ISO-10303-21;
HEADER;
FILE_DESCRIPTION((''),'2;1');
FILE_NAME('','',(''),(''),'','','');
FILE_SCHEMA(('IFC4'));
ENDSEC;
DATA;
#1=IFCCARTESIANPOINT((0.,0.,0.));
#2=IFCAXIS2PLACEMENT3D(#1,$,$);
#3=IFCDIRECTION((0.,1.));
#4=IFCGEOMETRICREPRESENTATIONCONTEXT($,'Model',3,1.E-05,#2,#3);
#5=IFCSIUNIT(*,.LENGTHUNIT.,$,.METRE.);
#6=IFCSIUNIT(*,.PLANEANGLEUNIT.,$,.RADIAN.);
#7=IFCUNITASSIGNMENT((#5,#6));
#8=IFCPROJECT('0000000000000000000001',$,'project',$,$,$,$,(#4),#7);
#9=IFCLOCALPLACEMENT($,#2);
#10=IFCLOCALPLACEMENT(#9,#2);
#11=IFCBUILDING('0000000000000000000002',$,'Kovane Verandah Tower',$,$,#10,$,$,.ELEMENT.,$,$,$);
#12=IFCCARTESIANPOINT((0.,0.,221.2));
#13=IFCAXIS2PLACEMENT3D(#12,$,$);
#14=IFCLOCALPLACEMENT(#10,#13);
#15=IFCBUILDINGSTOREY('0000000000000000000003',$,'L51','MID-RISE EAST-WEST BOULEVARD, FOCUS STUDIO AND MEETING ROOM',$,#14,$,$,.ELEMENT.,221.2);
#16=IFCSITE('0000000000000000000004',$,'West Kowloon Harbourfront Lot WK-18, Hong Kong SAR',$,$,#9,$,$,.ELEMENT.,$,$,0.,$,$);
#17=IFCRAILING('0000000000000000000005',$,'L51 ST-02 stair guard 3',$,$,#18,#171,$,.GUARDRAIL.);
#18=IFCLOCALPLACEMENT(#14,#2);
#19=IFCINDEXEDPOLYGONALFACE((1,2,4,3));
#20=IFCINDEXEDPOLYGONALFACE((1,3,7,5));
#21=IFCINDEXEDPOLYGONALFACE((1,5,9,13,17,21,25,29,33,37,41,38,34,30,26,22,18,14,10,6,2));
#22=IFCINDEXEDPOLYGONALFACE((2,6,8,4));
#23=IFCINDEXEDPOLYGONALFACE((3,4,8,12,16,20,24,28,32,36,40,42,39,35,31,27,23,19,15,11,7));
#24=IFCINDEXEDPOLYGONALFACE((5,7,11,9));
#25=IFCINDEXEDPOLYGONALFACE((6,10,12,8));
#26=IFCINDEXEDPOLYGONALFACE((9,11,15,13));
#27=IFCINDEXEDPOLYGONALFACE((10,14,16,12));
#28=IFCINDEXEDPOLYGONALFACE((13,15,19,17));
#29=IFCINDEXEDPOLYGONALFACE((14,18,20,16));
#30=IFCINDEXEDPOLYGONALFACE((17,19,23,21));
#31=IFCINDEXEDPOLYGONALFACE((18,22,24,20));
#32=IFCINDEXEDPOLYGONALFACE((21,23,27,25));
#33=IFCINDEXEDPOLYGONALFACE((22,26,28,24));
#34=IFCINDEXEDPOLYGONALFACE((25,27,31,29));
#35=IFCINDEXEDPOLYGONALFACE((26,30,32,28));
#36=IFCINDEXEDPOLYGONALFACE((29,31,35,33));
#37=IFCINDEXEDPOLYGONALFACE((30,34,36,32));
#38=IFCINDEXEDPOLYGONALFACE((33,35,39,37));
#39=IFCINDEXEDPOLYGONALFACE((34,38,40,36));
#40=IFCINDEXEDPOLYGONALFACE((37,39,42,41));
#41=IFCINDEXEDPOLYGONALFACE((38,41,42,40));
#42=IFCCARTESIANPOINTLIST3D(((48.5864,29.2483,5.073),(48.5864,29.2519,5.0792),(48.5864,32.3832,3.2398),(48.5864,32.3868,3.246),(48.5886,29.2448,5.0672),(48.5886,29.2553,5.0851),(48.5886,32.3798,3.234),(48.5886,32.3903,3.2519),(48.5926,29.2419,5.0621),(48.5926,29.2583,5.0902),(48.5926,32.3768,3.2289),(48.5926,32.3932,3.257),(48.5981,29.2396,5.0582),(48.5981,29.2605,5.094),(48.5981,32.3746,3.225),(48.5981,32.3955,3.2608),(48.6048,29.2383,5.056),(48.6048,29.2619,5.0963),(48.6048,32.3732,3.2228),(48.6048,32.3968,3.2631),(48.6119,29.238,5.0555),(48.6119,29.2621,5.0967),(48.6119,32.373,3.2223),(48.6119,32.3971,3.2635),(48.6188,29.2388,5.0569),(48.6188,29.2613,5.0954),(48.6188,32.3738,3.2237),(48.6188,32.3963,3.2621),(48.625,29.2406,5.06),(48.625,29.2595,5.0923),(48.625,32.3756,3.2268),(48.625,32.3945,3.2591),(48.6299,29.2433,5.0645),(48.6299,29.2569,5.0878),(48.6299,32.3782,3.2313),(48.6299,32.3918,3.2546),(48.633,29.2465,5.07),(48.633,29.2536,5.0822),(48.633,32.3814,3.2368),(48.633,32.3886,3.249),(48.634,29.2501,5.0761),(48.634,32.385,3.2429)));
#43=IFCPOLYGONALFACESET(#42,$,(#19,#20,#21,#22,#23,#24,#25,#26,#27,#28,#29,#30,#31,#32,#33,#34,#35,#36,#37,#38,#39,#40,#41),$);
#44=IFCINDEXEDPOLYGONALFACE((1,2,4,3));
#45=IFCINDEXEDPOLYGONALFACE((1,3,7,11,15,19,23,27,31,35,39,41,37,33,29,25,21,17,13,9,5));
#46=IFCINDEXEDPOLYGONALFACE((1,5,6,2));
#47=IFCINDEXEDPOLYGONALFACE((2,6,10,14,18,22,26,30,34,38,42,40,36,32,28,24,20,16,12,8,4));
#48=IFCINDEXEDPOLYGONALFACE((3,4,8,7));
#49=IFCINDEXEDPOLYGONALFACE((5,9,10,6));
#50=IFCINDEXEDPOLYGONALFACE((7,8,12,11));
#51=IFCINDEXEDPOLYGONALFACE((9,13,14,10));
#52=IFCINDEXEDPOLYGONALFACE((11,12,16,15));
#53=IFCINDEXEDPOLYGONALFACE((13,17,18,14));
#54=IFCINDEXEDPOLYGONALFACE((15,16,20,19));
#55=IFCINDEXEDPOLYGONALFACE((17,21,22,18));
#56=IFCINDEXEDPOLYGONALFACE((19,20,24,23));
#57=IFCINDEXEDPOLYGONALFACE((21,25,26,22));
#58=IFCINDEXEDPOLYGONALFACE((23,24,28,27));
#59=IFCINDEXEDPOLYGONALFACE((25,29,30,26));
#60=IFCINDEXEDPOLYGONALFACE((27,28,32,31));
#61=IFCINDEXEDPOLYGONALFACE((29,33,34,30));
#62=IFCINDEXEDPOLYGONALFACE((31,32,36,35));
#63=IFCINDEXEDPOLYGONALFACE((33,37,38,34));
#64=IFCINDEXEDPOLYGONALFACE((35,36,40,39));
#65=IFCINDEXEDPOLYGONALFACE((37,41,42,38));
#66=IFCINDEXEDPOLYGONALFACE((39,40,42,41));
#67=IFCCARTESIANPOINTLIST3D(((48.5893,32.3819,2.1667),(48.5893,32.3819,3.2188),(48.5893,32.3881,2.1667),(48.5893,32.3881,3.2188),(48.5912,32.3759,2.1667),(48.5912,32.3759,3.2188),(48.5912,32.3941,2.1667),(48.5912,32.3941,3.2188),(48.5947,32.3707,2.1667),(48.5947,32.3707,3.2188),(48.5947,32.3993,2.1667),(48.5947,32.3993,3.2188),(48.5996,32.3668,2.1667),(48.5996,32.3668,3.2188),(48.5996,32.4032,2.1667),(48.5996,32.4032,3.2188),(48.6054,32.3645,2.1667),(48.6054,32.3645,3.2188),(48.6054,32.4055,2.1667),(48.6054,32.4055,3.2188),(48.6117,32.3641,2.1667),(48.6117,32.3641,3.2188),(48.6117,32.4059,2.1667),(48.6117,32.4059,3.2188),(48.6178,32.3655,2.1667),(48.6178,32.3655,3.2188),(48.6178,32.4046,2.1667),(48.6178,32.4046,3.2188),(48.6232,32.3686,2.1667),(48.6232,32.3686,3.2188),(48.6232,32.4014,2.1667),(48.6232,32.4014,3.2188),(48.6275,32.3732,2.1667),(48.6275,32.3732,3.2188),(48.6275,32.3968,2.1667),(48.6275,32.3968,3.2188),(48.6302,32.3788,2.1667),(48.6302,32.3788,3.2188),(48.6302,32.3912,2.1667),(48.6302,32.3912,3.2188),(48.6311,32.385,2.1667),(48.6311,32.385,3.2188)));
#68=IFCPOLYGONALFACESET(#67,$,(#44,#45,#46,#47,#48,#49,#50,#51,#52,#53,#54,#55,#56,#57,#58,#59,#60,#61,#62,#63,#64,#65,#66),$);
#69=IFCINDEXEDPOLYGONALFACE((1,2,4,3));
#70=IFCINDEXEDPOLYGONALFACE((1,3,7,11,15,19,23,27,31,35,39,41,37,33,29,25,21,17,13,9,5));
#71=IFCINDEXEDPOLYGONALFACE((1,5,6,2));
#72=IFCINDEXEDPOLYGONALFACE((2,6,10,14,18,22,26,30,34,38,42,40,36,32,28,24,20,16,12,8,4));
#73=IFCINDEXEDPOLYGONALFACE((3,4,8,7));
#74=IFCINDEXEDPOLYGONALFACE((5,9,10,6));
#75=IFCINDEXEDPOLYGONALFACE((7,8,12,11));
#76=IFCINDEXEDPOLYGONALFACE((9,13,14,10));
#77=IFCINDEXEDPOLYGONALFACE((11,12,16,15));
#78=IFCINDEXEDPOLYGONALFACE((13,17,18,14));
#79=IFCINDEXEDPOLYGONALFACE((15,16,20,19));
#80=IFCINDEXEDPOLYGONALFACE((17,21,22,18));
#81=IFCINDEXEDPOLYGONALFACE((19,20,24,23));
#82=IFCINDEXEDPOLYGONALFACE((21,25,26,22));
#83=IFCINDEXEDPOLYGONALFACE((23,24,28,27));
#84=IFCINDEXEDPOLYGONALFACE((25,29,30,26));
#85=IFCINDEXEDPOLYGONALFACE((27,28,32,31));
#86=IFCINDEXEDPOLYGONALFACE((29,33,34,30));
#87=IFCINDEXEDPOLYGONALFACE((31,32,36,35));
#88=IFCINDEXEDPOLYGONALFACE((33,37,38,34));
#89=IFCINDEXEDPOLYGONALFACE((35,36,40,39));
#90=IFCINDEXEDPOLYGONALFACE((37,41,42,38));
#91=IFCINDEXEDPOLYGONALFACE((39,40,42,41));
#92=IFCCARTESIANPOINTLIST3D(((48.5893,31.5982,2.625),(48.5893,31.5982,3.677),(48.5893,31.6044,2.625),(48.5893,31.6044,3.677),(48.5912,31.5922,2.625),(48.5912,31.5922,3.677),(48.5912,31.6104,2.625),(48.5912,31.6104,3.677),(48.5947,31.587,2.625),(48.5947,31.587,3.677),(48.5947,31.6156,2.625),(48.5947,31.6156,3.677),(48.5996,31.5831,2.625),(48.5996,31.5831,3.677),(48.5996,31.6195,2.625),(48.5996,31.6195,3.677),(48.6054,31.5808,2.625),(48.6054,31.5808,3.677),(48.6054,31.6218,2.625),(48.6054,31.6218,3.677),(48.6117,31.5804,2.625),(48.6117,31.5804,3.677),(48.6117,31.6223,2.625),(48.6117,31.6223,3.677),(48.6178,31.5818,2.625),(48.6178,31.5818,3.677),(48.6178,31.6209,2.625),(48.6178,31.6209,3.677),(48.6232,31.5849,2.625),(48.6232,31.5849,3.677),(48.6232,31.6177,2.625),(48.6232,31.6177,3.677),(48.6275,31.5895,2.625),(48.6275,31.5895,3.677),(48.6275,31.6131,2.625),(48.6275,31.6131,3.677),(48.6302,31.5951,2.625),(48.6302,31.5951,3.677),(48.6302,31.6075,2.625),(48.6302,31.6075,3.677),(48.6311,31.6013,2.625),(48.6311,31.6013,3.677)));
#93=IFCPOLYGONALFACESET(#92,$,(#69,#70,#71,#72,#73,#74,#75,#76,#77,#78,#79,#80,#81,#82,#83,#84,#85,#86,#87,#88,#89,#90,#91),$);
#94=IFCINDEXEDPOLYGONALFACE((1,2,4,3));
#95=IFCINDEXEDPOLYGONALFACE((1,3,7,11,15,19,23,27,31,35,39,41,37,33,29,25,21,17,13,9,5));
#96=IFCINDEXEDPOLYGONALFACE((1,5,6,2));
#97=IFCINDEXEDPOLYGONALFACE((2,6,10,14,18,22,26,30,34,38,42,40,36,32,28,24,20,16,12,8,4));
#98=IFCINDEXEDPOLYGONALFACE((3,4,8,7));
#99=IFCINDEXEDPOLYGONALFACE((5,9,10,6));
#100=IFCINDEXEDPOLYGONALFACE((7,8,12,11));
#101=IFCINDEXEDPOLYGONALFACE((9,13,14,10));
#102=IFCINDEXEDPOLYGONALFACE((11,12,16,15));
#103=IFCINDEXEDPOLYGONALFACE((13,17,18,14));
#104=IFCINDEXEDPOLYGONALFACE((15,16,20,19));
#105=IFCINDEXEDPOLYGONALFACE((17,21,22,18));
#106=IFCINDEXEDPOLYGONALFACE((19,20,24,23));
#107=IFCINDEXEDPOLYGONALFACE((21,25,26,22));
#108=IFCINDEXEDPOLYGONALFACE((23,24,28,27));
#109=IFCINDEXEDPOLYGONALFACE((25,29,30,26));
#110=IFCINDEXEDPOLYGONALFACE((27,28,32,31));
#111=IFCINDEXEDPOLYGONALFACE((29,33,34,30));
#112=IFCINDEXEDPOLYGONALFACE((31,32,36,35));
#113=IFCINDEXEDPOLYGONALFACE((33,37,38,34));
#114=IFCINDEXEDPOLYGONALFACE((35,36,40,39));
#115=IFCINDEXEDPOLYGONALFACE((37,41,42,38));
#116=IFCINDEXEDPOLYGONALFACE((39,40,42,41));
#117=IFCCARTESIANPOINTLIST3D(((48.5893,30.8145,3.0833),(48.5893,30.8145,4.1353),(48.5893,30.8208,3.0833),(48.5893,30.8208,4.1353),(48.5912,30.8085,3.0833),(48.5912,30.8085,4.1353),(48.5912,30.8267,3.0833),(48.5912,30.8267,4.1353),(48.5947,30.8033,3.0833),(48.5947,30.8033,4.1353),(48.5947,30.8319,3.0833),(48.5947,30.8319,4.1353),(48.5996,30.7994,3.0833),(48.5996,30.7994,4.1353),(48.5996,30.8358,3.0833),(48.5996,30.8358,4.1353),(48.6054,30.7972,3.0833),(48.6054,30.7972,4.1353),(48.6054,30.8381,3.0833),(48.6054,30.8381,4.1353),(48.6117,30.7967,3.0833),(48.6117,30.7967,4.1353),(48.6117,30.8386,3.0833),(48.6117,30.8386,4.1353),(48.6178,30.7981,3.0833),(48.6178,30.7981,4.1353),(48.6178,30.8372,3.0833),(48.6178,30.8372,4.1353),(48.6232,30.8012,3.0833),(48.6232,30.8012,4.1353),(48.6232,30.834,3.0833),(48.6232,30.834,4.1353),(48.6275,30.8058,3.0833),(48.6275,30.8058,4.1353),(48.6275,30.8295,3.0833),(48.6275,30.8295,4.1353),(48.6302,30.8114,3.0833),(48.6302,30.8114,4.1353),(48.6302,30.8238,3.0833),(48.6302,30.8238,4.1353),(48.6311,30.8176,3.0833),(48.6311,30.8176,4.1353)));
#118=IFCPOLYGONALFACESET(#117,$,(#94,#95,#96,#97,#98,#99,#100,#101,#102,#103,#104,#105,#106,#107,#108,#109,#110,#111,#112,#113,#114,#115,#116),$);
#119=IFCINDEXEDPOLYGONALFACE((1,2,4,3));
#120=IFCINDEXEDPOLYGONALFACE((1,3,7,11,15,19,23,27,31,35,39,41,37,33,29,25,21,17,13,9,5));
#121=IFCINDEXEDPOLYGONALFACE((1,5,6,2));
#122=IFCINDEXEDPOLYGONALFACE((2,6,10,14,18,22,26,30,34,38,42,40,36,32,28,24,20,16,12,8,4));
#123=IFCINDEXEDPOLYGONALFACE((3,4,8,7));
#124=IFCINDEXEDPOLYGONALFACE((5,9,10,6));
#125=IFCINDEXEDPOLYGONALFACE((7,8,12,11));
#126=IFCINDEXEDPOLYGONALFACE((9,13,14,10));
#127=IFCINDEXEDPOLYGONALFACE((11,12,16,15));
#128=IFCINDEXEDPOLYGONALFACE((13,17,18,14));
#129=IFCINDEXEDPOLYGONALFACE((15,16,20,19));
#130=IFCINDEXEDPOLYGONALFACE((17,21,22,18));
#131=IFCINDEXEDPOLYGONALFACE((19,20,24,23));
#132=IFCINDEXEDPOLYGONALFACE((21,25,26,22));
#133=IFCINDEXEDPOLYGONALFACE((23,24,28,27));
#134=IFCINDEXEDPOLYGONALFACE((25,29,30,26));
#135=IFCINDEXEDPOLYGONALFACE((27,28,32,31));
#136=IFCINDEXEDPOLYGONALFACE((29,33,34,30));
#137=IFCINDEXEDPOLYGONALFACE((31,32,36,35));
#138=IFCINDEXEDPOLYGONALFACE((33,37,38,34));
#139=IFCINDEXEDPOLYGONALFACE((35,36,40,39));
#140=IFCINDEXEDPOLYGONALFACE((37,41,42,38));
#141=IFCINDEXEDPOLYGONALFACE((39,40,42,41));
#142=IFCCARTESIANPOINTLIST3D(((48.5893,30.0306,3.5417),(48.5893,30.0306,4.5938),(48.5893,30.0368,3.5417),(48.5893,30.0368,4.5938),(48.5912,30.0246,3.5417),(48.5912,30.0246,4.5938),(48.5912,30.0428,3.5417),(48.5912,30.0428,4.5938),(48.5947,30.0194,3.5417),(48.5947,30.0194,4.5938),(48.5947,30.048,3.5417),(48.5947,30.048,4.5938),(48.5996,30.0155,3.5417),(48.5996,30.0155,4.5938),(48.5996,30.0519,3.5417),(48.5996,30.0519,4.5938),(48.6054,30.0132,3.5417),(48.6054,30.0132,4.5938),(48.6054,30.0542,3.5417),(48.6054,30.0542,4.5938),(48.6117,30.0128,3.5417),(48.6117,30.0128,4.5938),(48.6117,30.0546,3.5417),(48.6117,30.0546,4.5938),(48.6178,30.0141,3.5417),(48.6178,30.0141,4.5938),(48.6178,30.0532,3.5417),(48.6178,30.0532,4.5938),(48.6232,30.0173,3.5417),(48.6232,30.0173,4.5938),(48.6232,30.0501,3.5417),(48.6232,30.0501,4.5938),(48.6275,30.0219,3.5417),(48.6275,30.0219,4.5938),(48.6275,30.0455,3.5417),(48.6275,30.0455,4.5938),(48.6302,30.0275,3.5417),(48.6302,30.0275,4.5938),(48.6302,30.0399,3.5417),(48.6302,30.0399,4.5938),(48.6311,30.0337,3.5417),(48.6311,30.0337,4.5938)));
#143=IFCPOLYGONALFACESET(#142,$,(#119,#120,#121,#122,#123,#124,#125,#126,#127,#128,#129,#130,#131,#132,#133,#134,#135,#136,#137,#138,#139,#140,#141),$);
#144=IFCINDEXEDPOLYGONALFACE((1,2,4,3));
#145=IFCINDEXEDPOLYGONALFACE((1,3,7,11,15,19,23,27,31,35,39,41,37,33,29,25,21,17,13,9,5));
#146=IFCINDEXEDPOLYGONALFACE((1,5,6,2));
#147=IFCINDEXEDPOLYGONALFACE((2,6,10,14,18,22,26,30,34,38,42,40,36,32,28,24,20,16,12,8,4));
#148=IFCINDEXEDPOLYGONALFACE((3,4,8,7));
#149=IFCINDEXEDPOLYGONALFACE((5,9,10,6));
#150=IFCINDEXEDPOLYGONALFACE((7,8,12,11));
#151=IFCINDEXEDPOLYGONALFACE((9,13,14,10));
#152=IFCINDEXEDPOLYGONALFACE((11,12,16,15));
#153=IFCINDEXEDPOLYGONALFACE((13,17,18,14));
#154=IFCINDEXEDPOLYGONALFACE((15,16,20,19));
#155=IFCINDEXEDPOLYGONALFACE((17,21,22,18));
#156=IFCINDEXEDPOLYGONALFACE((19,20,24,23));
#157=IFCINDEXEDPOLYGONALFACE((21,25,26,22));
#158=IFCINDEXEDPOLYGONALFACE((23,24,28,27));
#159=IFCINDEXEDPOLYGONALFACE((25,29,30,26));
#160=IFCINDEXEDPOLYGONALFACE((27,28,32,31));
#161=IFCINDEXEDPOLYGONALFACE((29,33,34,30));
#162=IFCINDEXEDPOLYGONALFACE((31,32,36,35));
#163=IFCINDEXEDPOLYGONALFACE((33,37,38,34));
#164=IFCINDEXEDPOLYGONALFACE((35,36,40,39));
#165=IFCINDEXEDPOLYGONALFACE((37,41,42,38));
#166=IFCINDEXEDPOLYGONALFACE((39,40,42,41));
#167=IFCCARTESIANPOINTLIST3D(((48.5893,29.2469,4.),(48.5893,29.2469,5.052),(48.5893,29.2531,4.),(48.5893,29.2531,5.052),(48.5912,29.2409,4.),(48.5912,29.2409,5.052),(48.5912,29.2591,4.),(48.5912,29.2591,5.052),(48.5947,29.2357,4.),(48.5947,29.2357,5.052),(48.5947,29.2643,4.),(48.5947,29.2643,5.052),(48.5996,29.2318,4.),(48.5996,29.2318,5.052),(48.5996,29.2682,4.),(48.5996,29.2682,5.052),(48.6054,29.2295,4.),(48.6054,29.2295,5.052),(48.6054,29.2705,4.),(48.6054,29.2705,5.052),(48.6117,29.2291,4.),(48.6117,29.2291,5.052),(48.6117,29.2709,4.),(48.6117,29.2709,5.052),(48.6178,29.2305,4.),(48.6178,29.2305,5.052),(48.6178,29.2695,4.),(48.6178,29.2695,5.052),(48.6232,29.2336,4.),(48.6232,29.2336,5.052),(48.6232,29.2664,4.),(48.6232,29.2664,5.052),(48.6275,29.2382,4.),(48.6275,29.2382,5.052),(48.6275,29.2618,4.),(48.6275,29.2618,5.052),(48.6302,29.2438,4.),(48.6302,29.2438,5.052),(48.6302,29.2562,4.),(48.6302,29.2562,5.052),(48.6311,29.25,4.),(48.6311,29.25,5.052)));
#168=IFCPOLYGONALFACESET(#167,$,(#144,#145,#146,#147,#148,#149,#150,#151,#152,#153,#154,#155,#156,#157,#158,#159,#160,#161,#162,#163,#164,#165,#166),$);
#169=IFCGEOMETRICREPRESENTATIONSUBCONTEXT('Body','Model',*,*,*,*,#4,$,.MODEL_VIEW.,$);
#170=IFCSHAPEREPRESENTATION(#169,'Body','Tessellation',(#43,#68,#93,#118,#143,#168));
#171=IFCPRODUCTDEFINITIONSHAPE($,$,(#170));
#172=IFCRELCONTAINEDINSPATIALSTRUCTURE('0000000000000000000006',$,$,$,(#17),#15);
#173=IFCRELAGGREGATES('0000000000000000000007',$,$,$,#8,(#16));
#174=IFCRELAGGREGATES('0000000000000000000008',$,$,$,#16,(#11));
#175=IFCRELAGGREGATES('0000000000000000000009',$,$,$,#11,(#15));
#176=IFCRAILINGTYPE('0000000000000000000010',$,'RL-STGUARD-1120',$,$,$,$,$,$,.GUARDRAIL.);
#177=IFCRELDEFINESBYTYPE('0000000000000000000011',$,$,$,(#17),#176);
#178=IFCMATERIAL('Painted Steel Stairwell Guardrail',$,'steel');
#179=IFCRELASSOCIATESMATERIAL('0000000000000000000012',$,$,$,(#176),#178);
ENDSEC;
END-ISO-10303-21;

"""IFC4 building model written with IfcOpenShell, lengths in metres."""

from ifc_helpers import new_model, si_unit, direction, frame, origin, origin_2d, place, context, subcontext, project, spatial, circle, extrude, material, type_object, element, save


model = new_model("IFC4")

# Units and contexts
model_context = context("Model", 3, precision=1e-05, world=origin(), true_north=direction((0.0, 1.0)))
body_context = subcontext(model_context, "Body", "Model", "MODEL_VIEW")
ifc_project = project(units=[si_unit("LENGTHUNIT", "METRE"), si_unit("PLANEANGLEUNIT", "RADIAN")], contexts=[model_context])

# Site, building, storey
site_placement = place(None, origin())
site = spatial("IfcSite", under=ifc_project, at=site_placement, Name="West Kowloon Harbourfront Lot WK-18, Hong Kong SAR", CompositionType="ELEMENT", RefElevation=0.0)
building_placement = place(site_placement, origin())
building = spatial("IfcBuilding", under=site, at=building_placement, Name="Kovane Verandah Tower", CompositionType="ELEMENT")
storey_placement = place(building_placement, frame((0.0, 0.0, 221.2)))
storey = spatial("IfcBuildingStorey", under=building, at=storey_placement, Name="L51", Description="MID-RISE EAST-WEST BOULEVARD, FOCUS STUDIO AND MEETING ROOM", CompositionType="ELEMENT", Elevation=221.2)

# Railing
ifc_material_1 = material(Name="Painted Steel Stairwell Guardrail", Category="steel")
railing_type_1 = type_object("IfcRailingType", Name="RL-STGUARD-1120", PredefinedType="GUARDRAIL", material=ifc_material_1)
railing_1_placement = place(storey_placement, frame((48.6101, 32.385, 2.1667)))
element("IfcRailing", 1, at=railing_1_placement, inside=storey, type_object=railing_type_1, Name="L51 ST-02 stair guard 3", PredefinedType="GUARDRAIL", context=body_context, shape_type="SweptSolid", body=[
    extrude(circle(Radius=0.0239, at=origin_2d()), frame((0.0, 0.0, 1.0762), z_axis=(0.0, -0.86324, 0.504794), x_axis=(1.0, 0.0, 0.0)), (0.0, 0.0, 1.0), 3.6316),
    extrude(circle(Radius=0.021, at=origin_2d()), origin(), (0.0, 0.0, 1.0), 1.052),
    extrude(circle(Radius=0.021, at=origin_2d()), frame((0.0, -0.7837, 0.4583)), (0.0, 0.0, 1.0), 1.052),
    extrude(circle(Radius=0.021, at=origin_2d()), frame((0.0, -1.5674, 0.9165)), (0.0, 0.0, 1.0), 1.052),
    extrude(circle(Radius=0.021, at=origin_2d()), frame((0.0, -2.3513, 1.375)), (0.0, 0.0, 1.0), 1.052),
    extrude(circle(Radius=0.021, at=origin_2d()), frame((0.0, -3.135, 1.8333)), (0.0, 0.0, 1.0), 1.052),
])

save(model, "model.ifc")
